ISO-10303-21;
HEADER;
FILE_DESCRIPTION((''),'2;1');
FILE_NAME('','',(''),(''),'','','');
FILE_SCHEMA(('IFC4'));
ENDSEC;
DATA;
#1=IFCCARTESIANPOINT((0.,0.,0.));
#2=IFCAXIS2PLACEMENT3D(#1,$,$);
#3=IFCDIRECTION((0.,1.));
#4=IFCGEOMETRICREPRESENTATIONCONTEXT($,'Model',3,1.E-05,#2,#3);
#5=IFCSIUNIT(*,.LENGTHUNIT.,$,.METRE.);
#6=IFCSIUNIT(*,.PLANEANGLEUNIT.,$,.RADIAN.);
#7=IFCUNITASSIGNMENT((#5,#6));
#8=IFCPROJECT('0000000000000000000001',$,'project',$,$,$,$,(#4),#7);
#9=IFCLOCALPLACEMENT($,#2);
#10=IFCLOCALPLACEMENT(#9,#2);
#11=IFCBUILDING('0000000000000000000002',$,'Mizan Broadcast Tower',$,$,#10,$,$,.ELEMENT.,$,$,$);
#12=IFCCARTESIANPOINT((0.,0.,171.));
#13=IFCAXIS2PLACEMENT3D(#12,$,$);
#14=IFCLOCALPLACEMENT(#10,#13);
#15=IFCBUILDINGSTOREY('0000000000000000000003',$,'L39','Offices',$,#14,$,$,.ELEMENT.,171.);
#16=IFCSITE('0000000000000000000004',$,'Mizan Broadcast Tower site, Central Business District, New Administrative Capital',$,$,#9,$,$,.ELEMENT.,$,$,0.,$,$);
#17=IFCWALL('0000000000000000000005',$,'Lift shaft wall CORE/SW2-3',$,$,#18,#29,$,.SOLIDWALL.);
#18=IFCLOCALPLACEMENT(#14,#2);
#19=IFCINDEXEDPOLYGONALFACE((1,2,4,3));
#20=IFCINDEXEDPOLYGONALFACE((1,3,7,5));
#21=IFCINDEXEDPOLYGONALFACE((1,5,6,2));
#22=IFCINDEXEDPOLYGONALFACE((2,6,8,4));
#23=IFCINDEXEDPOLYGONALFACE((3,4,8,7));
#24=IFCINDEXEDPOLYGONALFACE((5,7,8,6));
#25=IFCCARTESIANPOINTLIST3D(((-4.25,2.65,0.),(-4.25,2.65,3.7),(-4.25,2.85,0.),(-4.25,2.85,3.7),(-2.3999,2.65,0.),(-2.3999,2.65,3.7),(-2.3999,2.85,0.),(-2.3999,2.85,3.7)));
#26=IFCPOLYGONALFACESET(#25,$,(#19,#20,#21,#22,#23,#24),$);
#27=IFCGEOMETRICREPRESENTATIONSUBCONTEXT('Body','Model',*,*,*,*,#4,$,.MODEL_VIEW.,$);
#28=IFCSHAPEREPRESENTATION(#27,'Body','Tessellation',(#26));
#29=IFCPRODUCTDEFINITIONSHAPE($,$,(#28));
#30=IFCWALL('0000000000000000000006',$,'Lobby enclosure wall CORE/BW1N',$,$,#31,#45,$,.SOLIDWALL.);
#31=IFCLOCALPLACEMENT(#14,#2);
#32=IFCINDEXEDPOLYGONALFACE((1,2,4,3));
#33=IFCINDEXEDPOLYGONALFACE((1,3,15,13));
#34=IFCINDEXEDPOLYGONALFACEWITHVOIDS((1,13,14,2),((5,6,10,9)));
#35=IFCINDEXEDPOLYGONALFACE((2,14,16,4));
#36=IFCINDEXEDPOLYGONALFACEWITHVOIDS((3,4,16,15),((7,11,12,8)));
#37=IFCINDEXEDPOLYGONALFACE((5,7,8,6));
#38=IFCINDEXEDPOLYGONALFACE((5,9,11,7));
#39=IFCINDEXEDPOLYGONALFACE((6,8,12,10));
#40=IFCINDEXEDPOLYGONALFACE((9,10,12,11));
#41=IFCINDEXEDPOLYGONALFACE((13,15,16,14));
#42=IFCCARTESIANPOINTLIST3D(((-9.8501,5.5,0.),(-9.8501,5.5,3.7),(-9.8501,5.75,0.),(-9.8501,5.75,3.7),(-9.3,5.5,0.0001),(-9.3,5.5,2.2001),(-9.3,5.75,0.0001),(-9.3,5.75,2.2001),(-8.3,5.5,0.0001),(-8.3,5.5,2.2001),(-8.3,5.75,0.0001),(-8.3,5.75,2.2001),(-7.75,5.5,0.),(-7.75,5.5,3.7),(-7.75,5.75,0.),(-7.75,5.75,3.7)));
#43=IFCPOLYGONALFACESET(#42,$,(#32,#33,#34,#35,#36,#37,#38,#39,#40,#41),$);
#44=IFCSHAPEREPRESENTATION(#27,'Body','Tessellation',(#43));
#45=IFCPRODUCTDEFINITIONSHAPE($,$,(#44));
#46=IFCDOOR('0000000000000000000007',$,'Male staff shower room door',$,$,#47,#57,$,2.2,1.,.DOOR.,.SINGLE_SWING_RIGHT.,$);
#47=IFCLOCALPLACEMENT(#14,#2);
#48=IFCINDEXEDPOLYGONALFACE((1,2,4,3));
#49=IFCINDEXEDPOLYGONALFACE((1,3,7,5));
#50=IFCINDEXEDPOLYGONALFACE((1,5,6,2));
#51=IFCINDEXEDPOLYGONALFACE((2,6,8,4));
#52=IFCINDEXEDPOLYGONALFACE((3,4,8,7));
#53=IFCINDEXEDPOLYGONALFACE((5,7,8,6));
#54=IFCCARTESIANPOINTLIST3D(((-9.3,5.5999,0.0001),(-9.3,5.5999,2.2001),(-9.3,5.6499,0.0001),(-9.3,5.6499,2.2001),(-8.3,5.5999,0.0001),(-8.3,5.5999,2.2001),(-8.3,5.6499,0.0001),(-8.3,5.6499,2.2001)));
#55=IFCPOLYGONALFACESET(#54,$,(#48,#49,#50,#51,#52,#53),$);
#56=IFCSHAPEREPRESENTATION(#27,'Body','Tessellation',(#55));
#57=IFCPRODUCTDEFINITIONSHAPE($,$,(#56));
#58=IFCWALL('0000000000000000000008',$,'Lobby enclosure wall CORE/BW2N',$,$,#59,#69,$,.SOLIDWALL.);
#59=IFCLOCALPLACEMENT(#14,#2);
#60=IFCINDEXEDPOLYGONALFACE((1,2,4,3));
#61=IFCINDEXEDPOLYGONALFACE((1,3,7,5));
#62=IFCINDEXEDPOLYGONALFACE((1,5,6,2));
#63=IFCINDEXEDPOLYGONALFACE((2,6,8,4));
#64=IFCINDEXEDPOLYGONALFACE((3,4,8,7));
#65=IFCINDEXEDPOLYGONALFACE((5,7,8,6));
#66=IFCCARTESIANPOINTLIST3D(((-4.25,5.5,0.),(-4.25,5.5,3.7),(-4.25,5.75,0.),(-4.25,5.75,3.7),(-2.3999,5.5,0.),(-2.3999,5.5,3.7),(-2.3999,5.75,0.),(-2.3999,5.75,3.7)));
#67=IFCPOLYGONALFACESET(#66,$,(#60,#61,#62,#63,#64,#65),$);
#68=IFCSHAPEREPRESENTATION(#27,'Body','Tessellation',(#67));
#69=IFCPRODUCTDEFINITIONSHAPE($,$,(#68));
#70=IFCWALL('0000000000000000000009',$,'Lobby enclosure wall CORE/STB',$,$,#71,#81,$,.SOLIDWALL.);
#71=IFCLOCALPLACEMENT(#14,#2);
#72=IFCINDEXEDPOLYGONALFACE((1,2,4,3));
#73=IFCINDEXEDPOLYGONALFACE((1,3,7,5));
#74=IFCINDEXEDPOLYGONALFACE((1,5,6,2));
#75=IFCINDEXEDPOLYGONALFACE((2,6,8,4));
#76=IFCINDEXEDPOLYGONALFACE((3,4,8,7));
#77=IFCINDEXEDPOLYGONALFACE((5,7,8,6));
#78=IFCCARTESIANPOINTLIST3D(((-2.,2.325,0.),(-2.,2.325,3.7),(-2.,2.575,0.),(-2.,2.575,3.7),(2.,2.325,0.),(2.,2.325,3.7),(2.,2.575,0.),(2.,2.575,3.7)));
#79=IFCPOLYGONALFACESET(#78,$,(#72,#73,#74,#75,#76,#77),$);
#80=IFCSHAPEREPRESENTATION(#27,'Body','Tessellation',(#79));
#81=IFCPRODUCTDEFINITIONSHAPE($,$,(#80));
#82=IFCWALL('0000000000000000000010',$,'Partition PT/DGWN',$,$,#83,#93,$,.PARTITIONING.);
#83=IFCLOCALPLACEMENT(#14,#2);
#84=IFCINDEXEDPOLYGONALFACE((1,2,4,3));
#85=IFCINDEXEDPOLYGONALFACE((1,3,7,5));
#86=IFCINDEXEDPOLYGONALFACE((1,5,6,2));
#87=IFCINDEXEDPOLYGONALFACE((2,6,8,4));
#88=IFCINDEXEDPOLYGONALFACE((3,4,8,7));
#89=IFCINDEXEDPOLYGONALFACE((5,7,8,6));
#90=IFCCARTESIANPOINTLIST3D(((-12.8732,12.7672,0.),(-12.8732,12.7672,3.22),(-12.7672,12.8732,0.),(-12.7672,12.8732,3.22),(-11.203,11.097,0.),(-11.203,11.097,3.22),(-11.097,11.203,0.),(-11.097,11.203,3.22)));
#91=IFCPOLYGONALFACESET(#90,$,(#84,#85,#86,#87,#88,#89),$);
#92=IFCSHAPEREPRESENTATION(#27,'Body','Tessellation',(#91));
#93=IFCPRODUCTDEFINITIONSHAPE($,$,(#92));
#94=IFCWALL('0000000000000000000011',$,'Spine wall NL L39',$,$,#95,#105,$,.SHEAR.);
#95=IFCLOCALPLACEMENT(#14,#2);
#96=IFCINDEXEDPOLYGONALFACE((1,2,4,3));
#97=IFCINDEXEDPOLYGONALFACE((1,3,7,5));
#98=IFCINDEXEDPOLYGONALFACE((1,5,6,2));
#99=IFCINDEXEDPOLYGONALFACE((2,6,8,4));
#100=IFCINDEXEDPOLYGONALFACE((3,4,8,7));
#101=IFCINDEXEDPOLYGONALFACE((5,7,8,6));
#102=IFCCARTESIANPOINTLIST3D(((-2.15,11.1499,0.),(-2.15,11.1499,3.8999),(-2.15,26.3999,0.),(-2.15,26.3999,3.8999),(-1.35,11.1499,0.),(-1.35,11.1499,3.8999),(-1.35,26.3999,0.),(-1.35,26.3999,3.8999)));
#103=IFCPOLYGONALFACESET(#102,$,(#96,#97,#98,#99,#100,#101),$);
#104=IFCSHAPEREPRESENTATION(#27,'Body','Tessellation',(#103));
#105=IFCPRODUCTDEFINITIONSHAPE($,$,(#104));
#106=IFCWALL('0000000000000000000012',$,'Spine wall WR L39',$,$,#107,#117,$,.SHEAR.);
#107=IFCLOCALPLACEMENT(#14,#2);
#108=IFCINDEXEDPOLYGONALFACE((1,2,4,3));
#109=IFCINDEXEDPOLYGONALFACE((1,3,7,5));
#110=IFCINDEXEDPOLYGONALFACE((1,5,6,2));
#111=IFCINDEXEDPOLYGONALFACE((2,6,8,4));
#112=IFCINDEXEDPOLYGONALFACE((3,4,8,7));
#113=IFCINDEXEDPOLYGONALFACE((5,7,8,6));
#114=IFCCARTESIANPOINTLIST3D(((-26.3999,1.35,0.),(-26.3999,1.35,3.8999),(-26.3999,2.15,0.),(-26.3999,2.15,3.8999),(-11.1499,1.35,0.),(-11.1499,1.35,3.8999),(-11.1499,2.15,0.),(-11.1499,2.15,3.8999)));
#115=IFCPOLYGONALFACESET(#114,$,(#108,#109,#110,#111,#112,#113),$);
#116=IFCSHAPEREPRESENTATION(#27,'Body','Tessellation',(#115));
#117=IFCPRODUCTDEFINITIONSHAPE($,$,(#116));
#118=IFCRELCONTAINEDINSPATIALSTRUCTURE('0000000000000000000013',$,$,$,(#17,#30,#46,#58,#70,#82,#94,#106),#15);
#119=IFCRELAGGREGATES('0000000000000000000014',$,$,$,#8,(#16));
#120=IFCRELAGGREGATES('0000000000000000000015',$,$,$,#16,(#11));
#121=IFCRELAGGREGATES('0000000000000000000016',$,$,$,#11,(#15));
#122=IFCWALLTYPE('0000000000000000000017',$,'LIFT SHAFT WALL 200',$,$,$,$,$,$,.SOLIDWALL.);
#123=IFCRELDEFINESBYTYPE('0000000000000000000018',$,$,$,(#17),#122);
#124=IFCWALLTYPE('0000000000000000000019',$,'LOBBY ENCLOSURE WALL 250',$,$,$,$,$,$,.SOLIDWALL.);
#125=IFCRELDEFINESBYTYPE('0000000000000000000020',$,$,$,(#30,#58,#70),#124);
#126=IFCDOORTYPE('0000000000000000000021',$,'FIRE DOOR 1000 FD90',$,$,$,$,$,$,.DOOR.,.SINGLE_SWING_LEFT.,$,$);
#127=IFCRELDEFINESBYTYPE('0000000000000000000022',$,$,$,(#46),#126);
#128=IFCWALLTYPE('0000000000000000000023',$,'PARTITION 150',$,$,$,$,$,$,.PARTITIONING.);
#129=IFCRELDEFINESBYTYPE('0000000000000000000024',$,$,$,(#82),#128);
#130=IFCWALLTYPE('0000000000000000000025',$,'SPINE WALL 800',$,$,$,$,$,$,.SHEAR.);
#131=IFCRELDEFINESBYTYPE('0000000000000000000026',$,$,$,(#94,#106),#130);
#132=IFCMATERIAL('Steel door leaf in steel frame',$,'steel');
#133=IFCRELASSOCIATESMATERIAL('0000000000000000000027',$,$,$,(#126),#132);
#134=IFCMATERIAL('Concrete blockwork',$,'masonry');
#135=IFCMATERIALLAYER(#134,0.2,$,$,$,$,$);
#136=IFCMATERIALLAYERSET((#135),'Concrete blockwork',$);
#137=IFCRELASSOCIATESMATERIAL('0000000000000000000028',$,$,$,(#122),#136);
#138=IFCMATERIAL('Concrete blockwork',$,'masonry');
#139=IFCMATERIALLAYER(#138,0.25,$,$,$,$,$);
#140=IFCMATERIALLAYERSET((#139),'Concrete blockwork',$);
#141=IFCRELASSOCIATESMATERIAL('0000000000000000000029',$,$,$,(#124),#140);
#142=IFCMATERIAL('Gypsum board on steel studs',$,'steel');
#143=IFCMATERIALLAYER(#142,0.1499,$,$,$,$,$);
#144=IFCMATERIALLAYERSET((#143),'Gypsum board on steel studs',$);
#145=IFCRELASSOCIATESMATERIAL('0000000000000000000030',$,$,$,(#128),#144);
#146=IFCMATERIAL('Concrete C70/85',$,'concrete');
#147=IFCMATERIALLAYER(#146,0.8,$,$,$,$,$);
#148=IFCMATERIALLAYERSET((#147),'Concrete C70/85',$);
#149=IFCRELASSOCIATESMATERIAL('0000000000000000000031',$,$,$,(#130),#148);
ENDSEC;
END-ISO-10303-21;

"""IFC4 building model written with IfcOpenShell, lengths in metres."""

from ifc_helpers import new_model, si_unit, direction, frame, frame_2d, origin, place, context, subcontext, project, spatial, rectangle, extrude, material, layer, layer_set, type_object, element, fill, save


model = new_model("IFC4")

# Units and contexts
model_context = context("Model", 3, precision=1e-05, world=origin(), true_north=direction((0.0, 1.0)))
body_context = subcontext(model_context, "Body", "Model", "MODEL_VIEW")
ifc_project = project(units=[si_unit("LENGTHUNIT", "METRE"), si_unit("PLANEANGLEUNIT", "RADIAN")], contexts=[model_context])

# Site, building, storey
site_placement = place(None, origin())
site = spatial("IfcSite", under=ifc_project, at=site_placement, Name="Mizan Broadcast Tower site, Central Business District, New Administrative Capital", CompositionType="ELEMENT", RefElevation=0.0)
building_placement = place(site_placement, origin())
building = spatial("IfcBuilding", under=site, at=building_placement, Name="Mizan Broadcast Tower", CompositionType="ELEMENT")
storey_placement = place(building_placement, frame((0.0, 0.0, 171.0)))
storey = spatial("IfcBuildingStorey", under=building, at=storey_placement, Name="L39", Description="Offices", CompositionType="ELEMENT", Elevation=171.0)

# Shared definitions
ifc_material_1 = material(Name="Steel door leaf in steel frame", Category="steel")
door_type_1 = type_object("IfcDoorType", Name="FIRE DOOR 1000 FD90", OperationType="SINGLE_SWING_LEFT", PredefinedType="DOOR", material=ifc_material_1)

# Wall
ifc_material_2 = material(Name="Concrete blockwork", Category="masonry")
ifc_layer_1 = layer(ifc_material_2, 0.2)
ifc_layer_set_1 = layer_set([ifc_layer_1], Name="Concrete blockwork")
wall_type_1 = type_object("IfcWallType", Name="LIFT SHAFT WALL 200", PredefinedType="SOLIDWALL", material=ifc_layer_set_1)
for number, where, z_axis, x_axis, name in (
    (1, (-4.25, 2.75, 0.0), (0.0, 0.0, 1.0), (1.0, 0.0, 0.0), "Lift shaft wall CORE/SW2-3"),
):
    element("IfcWall", number, at=place(storey_placement, frame(where, z_axis=z_axis, x_axis=x_axis)), inside=storey, type_object=wall_type_1, Name=name, PredefinedType="SOLIDWALL", context=body_context, shape_type="SweptSolid", body=[
        extrude(rectangle(XDim=1.8501, YDim=0.2, at=frame_2d((0.925, 0.0))), origin(), (0.0, 0.0, 1.0), 3.7),
    ])

# Wall, opening, door
ifc_material_3 = material(Name="Concrete blockwork", Category="masonry")
ifc_layer_2 = layer(ifc_material_3, 0.25)
ifc_layer_set_2 = layer_set([ifc_layer_2], Name="Concrete blockwork")
wall_type_2 = type_object("IfcWallType", Name="LOBBY ENCLOSURE WALL 250", PredefinedType="SOLIDWALL", material=ifc_layer_set_2)
wall_1_placement = place(storey_placement, frame((-9.8501, 5.625, 0.0), z_axis=(0.0, 0.0, 1.0), x_axis=(1.0, 0.0, 0.0)))
wall_1 = element("IfcWall", 2, at=wall_1_placement, inside=storey, type_object=wall_type_2, Name="Lobby enclosure wall CORE/BW1N", PredefinedType="SOLIDWALL", context=body_context, shape_type="SweptSolid", body=[
    extrude(rectangle(XDim=2.1001, YDim=0.25, at=frame_2d((1.05, 0.0))), origin(), (0.0, 0.0, 1.0), 3.7),
])
opening_1_placement = place(wall_1_placement, frame((0.55, 0.0, 0.0)))
opening_1 = element("IfcOpeningElement", 3, at=opening_1_placement, cuts=wall_1, PredefinedType="OPENING", context=body_context, shape_type="SweptSolid", body=[
    extrude(rectangle(XDim=1.0, YDim=2.2, at=frame_2d((0.5, 1.1001))), frame((0.0, 0.135, 0.0), z_axis=(0.0, -1.0, 0.0), x_axis=(1.0, 0.0, 0.0)), (0.0, 0.0, 1.0), 0.27),
])
door_1_placement = place(opening_1_placement, origin())
door_1 = element("IfcDoor", 4, at=door_1_placement, inside=storey, type_object=door_type_1, Name="Male staff shower room door", OperationType="SINGLE_SWING_RIGHT", OverallHeight=2.2, OverallWidth=1.0, PredefinedType="DOOR", context=body_context, shape_type="SweptSolid", body=[
    extrude(rectangle(XDim=1.0, YDim=2.2, at=frame_2d((0.5, 1.1001))), frame((0.0, 0.0249, 0.0), z_axis=(0.0, -1.0, 0.0), x_axis=(1.0, 0.0, 0.0)), (0.0, 0.0, 1.0), 0.05),
])
fill(opening_1, door_1)

# Walls
wall_2_placement = place(storey_placement, frame((-4.25, 5.625, 0.0), z_axis=(0.0, 0.0, 1.0), x_axis=(1.0, 0.0, 0.0)))
element("IfcWall", 5, at=wall_2_placement, inside=storey, type_object=wall_type_2, Name="Lobby enclosure wall CORE/BW2N", PredefinedType="SOLIDWALL", context=body_context, shape_type="SweptSolid", body=[
    extrude(rectangle(XDim=1.8501, YDim=0.25, at=frame_2d((0.925, 0.0))), origin(), (0.0, 0.0, 1.0), 3.7),
])
wall_3_placement = place(storey_placement, frame((-2.0, 2.45, 0.0), z_axis=(0.0, 0.0, 1.0), x_axis=(1.0, 0.0, 0.0)))
element("IfcWall", 6, at=wall_3_placement, inside=storey, type_object=wall_type_2, Name="Lobby enclosure wall CORE/STB", PredefinedType="SOLIDWALL", context=body_context, shape_type="SweptSolid", body=[
    extrude(rectangle(XDim=4.0, YDim=0.25, at=frame_2d((2.0, 0.0))), origin(), (0.0, 0.0, 1.0), 3.7),
])
ifc_material_4 = material(Name="Gypsum board on steel studs", Category="steel")
ifc_layer_3 = layer(ifc_material_4, 0.1499)
ifc_layer_set_3 = layer_set([ifc_layer_3], Name="Gypsum board on steel studs")
wall_type_3 = type_object("IfcWallType", Name="PARTITION 150", PredefinedType="PARTITIONING", material=ifc_layer_set_3)
wall_4_placement = place(storey_placement, frame((-11.1499, 11.1499, 0.0), z_axis=(0.0, 0.0, 1.0), x_axis=(-0.707107, 0.707107, 0.0)))
element("IfcWall", 7, at=wall_4_placement, inside=storey, type_object=wall_type_3, Name="Partition PT/DGWN", PredefinedType="PARTITIONING", context=body_context, shape_type="SweptSolid", body=[
    extrude(rectangle(XDim=2.3621, YDim=0.1499, at=frame_2d((1.1812, 0.0))), origin(), (0.0, 0.0, 1.0), 3.22),
])
ifc_material_5 = material(Name="Concrete C70/85", Category="concrete")
ifc_layer_4 = layer(ifc_material_5, 0.8)
ifc_layer_set_4 = layer_set([ifc_layer_4], Name="Concrete C70/85")
wall_type_4 = type_object("IfcWallType", Name="SPINE WALL 800", PredefinedType="SHEAR", material=ifc_layer_set_4)
for number, where, z_axis, x_axis, name in (
    (8, (-1.75, 11.1499, 0.0), (0.0, 0.0, 1.0), (0.0, 1.0, 0.0), "Spine wall NL L39"),
    (9, (-11.1499, 1.75, 0.0), (0.0, 0.0, 1.0), (-1.0, 0.0, 0.0), "Spine wall WR L39"),
):
    element("IfcWall", number, at=place(storey_placement, frame(where, z_axis=z_axis, x_axis=x_axis)), inside=storey, type_object=wall_type_4, Name=name, PredefinedType="SHEAR", context=body_context, shape_type="SweptSolid", body=[
        extrude(rectangle(XDim=15.25, YDim=0.8, at=frame_2d((7.625, 0.0))), origin(), (0.0, 0.0, 1.0), 3.8999),
    ])

save(model, "model.ifc")
